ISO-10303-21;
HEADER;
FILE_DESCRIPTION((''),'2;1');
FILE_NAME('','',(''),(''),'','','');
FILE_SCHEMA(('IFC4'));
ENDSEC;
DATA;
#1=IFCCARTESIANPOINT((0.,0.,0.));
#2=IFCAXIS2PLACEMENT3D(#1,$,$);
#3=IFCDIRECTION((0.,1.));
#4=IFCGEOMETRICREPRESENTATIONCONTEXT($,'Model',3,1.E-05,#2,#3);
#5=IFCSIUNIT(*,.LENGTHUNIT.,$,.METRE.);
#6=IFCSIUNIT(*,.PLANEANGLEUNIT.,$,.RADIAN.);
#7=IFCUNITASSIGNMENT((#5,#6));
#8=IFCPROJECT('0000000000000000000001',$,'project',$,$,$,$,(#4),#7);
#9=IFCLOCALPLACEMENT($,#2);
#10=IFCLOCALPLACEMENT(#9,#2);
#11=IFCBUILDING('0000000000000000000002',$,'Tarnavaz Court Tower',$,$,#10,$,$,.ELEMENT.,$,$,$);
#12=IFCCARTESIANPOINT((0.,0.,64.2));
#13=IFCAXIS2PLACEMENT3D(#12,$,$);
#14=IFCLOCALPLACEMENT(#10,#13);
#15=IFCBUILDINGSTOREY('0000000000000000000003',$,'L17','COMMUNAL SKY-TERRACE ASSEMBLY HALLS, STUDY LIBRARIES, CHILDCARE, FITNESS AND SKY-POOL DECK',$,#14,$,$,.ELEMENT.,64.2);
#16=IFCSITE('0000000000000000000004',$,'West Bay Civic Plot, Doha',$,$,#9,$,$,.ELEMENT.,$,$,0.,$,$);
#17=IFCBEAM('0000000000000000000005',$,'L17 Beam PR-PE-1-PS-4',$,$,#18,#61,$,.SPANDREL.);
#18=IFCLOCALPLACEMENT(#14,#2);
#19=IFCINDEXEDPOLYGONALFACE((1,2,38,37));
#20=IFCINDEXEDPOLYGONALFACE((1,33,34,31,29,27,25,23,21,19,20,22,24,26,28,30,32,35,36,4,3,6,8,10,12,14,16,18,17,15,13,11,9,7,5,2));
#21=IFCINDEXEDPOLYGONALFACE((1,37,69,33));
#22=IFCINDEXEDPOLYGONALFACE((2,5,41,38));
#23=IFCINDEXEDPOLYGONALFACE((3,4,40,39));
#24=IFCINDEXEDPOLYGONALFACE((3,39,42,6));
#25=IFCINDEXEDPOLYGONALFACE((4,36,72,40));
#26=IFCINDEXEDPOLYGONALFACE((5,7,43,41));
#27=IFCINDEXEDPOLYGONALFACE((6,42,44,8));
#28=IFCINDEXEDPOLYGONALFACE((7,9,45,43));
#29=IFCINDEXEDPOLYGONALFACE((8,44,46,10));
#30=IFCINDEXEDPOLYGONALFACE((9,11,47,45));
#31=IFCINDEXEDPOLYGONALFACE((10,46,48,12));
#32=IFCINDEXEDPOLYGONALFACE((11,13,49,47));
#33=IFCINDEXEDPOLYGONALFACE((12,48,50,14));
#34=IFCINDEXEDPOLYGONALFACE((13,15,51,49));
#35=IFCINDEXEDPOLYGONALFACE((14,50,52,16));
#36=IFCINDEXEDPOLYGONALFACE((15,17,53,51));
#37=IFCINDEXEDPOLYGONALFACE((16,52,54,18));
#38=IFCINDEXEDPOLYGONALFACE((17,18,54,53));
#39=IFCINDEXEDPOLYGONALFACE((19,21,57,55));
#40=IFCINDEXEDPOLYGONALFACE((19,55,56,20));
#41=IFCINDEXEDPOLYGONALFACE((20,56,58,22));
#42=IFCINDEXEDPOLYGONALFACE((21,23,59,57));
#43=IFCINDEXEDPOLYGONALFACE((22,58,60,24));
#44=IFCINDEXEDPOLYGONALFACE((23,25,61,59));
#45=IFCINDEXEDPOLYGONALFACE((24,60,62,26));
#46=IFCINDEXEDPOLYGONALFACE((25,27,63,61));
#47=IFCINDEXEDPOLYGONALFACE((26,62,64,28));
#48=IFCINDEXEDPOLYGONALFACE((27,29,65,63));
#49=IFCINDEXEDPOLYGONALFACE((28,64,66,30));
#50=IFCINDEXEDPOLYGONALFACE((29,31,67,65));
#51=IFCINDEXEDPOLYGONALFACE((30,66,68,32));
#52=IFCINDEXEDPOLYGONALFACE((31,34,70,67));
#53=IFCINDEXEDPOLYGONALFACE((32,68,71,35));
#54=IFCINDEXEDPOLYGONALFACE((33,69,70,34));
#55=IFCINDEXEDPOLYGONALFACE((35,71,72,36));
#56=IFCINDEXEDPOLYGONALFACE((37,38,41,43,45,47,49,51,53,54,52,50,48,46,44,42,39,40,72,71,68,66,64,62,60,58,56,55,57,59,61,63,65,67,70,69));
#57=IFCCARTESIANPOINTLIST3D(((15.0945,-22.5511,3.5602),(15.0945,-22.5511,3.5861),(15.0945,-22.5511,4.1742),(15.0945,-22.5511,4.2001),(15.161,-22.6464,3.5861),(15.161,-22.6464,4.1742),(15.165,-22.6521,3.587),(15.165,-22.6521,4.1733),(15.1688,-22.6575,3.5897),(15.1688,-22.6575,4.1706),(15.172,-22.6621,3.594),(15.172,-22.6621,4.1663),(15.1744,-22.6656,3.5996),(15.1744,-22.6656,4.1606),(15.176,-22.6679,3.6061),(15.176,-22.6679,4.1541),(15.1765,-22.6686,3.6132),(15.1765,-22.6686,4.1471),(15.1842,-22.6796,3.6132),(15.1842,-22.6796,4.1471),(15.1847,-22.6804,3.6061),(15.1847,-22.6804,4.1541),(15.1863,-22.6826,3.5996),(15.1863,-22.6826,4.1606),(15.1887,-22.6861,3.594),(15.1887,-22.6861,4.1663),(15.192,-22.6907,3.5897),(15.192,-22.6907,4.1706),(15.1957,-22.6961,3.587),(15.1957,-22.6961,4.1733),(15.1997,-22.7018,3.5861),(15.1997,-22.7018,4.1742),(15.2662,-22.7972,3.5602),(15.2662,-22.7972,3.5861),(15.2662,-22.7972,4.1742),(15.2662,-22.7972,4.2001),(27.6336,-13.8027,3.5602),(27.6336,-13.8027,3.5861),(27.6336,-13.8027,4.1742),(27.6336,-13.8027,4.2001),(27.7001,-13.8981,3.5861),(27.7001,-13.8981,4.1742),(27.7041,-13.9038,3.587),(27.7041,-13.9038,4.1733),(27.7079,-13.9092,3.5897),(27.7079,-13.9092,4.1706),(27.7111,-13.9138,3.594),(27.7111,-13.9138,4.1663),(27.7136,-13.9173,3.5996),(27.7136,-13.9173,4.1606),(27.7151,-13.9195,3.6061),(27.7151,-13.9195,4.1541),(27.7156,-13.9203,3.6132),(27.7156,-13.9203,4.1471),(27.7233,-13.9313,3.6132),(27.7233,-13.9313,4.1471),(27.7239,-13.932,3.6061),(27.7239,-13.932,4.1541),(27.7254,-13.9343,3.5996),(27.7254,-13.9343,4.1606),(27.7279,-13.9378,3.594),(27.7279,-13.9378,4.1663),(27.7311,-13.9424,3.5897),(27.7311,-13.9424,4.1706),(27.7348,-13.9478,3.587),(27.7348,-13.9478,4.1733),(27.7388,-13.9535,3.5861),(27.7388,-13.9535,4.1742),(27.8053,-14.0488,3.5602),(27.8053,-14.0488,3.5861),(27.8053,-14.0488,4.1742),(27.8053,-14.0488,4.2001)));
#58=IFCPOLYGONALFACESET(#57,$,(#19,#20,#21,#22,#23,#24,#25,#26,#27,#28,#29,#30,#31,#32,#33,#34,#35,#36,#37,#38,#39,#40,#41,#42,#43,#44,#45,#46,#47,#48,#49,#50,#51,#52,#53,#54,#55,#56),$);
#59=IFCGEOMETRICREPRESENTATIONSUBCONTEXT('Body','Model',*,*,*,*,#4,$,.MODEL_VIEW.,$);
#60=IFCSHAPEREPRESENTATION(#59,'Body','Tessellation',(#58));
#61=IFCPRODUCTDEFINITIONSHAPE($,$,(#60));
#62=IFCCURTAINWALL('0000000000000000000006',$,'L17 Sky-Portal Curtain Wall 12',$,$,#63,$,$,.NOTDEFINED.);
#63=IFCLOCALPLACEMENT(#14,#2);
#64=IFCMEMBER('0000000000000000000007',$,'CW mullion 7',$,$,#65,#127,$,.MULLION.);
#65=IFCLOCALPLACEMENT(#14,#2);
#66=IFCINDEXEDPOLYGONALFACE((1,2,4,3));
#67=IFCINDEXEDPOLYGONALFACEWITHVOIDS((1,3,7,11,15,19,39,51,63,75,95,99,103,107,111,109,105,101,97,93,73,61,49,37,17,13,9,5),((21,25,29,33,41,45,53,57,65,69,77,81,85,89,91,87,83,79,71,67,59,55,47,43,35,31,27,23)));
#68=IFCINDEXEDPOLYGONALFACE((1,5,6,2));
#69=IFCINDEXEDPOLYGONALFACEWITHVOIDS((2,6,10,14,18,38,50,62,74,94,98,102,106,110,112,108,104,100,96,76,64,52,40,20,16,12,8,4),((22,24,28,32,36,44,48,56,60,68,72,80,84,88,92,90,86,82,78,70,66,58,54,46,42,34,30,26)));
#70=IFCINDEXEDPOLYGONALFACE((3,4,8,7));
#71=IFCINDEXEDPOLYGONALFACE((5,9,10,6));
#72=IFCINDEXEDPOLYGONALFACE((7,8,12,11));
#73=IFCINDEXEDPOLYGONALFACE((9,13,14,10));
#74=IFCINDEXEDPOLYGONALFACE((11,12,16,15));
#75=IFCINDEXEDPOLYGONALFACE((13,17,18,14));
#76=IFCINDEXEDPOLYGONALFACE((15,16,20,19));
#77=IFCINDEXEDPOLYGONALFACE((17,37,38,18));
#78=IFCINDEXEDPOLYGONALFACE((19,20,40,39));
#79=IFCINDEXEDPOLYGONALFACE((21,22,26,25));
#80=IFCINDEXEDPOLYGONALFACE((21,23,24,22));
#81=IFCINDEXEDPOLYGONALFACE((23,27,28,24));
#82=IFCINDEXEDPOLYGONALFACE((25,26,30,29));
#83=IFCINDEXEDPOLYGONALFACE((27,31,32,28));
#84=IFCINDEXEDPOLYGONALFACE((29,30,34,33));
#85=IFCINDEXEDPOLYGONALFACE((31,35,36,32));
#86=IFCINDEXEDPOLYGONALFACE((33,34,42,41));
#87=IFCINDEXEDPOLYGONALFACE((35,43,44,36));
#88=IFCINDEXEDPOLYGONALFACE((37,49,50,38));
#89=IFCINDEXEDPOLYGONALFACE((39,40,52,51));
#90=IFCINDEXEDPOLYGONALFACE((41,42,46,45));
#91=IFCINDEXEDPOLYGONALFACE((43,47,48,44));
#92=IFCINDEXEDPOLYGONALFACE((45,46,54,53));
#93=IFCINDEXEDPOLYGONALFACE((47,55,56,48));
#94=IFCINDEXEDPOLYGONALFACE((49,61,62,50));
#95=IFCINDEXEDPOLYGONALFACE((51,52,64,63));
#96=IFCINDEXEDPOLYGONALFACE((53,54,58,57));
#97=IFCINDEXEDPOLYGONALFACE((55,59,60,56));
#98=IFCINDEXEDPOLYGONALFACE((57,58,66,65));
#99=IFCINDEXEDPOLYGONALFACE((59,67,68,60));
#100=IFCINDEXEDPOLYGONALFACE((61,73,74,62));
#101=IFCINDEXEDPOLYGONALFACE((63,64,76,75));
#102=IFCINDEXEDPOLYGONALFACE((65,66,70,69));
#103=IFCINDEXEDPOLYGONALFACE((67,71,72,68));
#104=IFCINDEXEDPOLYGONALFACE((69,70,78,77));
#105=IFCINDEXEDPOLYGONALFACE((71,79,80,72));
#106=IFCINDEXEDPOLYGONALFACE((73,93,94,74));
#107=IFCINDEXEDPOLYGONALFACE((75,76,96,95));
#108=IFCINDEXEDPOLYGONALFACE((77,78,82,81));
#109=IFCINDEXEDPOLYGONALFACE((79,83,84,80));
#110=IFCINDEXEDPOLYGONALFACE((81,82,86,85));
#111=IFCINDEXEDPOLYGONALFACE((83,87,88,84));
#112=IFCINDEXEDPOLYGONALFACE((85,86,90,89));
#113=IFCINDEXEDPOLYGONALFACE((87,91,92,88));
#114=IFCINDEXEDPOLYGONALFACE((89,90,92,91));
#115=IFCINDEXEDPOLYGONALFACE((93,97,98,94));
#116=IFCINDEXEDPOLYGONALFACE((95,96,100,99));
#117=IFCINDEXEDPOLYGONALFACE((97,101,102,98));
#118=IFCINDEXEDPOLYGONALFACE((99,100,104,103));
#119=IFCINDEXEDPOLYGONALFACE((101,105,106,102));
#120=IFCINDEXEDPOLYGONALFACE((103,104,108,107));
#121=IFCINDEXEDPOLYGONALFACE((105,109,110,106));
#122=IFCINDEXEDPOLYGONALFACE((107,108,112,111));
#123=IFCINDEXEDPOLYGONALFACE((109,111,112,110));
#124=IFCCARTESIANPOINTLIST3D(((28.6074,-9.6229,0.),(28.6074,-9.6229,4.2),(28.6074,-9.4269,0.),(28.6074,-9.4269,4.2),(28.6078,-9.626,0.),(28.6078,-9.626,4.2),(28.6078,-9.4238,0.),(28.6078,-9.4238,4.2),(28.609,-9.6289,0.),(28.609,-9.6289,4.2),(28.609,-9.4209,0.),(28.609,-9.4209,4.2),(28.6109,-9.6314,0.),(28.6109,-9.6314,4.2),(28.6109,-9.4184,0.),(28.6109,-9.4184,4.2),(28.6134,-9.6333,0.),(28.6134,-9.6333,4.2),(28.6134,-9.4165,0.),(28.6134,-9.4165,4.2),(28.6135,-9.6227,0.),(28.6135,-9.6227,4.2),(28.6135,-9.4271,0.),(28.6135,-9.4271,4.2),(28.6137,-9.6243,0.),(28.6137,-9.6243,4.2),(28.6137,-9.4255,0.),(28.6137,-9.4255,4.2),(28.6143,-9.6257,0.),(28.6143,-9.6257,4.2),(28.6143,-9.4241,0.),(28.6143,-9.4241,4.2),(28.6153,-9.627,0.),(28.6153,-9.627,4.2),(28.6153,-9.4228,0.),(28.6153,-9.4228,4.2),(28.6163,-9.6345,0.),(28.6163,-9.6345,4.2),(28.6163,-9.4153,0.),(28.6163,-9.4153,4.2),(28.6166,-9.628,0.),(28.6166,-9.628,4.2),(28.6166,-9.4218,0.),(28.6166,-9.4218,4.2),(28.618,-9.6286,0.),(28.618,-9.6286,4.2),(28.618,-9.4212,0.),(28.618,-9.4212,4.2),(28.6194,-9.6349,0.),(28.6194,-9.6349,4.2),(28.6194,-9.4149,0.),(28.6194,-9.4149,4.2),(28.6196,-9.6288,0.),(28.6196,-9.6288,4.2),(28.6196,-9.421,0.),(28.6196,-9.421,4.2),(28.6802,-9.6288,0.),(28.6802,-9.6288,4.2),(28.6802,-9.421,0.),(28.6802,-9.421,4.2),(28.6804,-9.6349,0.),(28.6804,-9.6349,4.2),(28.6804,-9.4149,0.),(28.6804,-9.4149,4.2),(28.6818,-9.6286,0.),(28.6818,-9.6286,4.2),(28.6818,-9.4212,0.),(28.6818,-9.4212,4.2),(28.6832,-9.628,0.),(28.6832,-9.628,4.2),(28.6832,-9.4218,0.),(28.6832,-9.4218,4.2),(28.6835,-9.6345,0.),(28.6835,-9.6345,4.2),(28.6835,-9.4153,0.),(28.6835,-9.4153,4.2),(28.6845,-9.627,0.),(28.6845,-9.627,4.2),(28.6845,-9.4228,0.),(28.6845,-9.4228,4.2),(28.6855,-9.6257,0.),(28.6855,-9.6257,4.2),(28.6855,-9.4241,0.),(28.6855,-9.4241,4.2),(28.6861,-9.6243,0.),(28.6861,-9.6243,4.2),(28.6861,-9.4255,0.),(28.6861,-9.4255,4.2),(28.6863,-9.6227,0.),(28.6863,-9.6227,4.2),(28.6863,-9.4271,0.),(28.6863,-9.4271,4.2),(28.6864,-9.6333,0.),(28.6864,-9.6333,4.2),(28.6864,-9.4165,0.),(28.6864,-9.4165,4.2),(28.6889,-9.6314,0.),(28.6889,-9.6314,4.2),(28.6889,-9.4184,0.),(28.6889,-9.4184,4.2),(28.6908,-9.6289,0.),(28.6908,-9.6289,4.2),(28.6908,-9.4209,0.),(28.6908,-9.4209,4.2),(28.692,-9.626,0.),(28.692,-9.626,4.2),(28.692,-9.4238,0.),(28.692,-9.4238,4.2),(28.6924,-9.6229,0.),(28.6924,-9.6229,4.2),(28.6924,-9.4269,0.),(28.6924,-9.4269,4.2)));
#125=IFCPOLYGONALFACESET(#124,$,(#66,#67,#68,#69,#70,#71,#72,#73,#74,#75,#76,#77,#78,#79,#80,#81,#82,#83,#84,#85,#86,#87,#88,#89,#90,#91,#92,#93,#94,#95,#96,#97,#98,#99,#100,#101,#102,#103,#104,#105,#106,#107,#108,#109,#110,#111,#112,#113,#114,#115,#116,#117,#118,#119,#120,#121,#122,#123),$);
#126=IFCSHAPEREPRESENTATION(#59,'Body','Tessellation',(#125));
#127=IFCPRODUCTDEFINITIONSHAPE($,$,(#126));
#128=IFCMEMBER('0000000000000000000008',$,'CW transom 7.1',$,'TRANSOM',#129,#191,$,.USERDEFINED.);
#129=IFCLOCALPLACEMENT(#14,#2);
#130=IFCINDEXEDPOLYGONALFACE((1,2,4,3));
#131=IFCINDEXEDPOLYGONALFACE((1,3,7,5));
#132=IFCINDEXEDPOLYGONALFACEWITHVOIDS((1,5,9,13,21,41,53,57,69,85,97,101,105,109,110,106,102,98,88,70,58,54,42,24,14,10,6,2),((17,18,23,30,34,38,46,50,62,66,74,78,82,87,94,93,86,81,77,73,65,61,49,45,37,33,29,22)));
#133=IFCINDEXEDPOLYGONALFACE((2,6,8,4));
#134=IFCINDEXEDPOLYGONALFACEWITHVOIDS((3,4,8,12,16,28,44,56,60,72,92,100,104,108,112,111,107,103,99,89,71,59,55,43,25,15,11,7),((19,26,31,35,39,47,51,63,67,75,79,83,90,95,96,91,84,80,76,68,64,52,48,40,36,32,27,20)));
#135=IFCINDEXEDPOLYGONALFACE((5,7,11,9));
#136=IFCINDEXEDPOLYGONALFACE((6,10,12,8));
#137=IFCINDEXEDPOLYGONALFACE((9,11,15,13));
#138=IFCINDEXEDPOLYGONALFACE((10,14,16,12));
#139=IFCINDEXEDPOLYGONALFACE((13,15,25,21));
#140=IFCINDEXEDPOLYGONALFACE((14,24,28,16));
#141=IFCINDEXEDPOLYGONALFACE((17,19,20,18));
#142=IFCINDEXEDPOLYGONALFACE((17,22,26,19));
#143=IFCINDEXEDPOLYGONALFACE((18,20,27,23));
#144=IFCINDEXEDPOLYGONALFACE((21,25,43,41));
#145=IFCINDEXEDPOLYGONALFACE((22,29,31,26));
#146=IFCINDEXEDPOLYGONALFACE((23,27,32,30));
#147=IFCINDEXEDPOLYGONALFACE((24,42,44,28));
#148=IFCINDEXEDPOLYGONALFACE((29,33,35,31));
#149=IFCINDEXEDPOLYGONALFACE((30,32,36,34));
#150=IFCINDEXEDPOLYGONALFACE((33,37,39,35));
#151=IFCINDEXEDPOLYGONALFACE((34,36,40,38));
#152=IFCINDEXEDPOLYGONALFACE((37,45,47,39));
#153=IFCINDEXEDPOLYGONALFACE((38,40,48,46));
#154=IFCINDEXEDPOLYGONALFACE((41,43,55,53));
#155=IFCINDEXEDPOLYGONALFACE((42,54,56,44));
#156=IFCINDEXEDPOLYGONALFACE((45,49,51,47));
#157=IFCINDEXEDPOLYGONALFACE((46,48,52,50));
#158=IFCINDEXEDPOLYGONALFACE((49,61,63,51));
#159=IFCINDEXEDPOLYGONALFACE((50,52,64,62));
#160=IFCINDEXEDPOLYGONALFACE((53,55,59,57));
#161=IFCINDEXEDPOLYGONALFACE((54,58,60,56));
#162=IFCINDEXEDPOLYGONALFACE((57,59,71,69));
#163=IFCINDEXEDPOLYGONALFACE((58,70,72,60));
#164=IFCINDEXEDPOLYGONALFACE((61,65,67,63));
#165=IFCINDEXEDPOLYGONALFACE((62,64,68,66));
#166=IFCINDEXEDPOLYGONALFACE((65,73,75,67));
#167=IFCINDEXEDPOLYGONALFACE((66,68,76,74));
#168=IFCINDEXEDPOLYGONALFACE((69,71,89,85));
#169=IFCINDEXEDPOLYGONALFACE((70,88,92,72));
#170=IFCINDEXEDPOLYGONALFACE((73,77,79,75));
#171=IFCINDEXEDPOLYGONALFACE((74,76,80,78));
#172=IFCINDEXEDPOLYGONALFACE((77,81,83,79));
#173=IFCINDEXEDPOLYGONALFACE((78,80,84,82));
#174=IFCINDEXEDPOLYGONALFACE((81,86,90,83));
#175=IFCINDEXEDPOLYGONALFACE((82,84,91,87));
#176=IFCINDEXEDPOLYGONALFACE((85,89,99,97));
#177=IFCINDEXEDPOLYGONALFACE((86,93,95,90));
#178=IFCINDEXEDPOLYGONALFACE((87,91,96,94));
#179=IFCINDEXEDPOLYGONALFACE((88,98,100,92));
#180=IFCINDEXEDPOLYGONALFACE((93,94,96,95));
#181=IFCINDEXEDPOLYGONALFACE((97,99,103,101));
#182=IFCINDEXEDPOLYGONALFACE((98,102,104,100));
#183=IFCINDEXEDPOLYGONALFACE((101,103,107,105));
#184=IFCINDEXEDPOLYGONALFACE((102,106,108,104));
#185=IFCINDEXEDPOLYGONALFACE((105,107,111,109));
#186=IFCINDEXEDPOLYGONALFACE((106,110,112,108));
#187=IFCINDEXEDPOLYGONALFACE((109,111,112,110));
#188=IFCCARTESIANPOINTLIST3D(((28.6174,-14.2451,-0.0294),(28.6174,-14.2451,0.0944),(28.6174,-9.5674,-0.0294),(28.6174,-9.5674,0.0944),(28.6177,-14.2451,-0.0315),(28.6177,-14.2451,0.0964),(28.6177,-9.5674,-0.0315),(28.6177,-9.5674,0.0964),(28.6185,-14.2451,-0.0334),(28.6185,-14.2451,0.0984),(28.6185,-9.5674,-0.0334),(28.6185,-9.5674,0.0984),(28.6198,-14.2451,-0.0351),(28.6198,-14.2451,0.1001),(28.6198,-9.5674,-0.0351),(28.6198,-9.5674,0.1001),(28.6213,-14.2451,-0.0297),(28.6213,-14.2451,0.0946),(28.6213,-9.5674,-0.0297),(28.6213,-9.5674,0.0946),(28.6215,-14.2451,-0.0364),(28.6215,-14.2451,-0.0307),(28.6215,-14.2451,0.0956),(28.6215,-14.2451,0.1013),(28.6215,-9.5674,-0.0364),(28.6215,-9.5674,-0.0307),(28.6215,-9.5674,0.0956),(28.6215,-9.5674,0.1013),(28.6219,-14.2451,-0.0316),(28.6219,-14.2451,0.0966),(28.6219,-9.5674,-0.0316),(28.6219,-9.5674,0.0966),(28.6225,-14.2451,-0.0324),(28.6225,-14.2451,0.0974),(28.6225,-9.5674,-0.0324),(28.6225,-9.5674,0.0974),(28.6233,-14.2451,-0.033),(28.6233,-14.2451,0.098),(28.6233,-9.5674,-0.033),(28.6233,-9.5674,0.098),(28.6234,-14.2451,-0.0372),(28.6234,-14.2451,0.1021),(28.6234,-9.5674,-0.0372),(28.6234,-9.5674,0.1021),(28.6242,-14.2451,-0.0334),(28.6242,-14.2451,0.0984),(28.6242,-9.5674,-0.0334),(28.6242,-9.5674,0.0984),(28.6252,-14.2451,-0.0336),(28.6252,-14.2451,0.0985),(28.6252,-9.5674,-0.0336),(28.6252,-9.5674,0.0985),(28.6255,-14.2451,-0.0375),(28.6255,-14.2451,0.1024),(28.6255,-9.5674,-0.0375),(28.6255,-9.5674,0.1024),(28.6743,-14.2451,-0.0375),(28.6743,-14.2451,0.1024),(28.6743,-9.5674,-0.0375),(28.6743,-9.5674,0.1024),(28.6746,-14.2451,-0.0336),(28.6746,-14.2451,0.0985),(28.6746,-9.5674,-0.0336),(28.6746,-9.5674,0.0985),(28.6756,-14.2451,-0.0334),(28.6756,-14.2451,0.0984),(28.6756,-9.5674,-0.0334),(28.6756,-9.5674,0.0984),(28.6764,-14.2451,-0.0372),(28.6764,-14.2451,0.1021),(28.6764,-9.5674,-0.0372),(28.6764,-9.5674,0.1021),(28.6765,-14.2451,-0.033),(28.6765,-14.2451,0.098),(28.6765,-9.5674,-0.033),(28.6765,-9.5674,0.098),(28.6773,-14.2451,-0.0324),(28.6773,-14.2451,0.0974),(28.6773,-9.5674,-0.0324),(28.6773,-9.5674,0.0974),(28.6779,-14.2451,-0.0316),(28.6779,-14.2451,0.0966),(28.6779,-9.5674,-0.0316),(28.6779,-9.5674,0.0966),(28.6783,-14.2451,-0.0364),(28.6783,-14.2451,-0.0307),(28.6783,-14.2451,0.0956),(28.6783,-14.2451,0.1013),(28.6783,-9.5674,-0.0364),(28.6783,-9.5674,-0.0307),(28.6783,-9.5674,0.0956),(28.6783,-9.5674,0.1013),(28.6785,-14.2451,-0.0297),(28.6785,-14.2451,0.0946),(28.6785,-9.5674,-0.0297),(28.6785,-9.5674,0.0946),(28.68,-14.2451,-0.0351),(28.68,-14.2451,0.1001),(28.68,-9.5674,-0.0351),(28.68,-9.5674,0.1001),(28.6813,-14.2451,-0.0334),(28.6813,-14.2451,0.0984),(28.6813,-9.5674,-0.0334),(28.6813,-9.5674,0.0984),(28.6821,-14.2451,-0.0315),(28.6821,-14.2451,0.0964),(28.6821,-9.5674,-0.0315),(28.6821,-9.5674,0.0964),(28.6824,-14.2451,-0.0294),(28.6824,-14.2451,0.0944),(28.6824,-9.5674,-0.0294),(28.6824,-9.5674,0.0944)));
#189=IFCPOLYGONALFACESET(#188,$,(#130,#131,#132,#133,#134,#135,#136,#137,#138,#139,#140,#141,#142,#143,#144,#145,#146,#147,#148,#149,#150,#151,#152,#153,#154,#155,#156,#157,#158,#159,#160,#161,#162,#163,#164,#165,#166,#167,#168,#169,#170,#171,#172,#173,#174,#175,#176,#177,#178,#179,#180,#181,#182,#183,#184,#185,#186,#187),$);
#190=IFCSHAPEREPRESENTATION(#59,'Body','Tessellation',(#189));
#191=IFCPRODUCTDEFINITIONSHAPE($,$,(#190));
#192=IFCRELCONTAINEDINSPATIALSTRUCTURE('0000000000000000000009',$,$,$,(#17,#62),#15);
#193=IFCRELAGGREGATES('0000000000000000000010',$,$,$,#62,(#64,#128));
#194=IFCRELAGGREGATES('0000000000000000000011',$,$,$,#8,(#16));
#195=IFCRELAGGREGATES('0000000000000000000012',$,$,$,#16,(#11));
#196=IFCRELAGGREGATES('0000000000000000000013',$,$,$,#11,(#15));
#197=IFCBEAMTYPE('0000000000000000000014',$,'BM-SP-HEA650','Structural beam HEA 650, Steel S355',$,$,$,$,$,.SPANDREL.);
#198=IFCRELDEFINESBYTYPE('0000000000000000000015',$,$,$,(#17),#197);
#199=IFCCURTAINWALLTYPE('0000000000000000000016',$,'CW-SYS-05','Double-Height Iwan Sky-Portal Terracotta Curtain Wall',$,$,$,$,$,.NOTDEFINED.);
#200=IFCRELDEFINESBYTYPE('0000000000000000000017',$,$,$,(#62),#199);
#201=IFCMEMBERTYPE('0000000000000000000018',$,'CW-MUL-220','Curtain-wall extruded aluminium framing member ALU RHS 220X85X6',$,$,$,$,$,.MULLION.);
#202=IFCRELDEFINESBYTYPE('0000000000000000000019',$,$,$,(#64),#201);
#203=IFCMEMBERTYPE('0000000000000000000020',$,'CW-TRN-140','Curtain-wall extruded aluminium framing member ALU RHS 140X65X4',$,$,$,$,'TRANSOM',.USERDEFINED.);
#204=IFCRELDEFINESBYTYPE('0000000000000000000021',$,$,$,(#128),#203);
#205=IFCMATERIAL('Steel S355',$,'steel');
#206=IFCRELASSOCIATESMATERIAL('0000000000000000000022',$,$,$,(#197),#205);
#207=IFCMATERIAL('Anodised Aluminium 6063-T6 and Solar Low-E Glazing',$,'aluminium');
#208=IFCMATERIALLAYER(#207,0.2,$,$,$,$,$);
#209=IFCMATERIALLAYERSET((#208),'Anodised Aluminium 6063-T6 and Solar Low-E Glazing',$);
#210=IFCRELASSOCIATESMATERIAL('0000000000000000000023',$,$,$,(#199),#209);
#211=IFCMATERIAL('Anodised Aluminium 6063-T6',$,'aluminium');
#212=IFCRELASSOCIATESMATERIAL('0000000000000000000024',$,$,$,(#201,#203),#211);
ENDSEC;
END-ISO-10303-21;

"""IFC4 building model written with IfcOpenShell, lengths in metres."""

from ifc_helpers import new_model, si_unit, direction, frame, origin, origin_2d, place, context, subcontext, project, spatial, hollow_rectangle, i_section, extrude, material, layer, layer_set, material_profile, profile_set, type_object, element, aggregate, save


model = new_model("IFC4")

# Units and contexts
model_context = context("Model", 3, precision=1e-05, world=origin(), true_north=direction((0.0, 1.0)))
body_context = subcontext(model_context, "Body", "Model", "MODEL_VIEW")
ifc_project = project(units=[si_unit("LENGTHUNIT", "METRE"), si_unit("PLANEANGLEUNIT", "RADIAN")], contexts=[model_context])

# Site, building, storey
site_placement = place(None, origin())
site = spatial("IfcSite", under=ifc_project, at=site_placement, Name="West Bay Civic Plot, Doha", CompositionType="ELEMENT", RefElevation=0.0)
building_placement = place(site_placement, origin())
building = spatial("IfcBuilding", under=site, at=building_placement, Name="Tarnavaz Court Tower", CompositionType="ELEMENT")
storey_placement = place(building_placement, frame((0.0, 0.0, 64.2)))
storey = spatial("IfcBuildingStorey", under=building, at=storey_placement, Name="L17", Description="COMMUNAL SKY-TERRACE ASSEMBLY HALLS, STUDY LIBRARIES, CHILDCARE, FITNESS AND SKY-POOL DECK", CompositionType="ELEMENT", Elevation=64.2)

# Beam
ifc_material_1 = material(Name="Steel S355", Category="steel")
ifc_material_profile_1 = material_profile(ifc_material_1, i_section(OverallWidth=0.3, OverallDepth=0.6399, WebThickness=0.0134, FlangeThickness=0.0259, FilletRadius=0.0271, at=origin_2d()), Name="HEA 650")
ifc_profile_set_1 = profile_set([ifc_material_profile_1], Name="Steel S355")
beam_type_1 = type_object("IfcBeamType", Name="BM-SP-HEA650", Description="Structural beam HEA 650, Steel S355", PredefinedType="SPANDREL", material=ifc_profile_set_1)
beam_1_placement = place(storey_placement, frame((27.7195, -13.9258, 3.8801), z_axis=(-0.820124, -0.572186, 0.0), x_axis=(0.572186, -0.820124, 0.0)))
element("IfcBeam", 1, at=beam_1_placement, inside=storey, type_object=beam_type_1, Name="L17 Beam PR-PE-1-PS-4", PredefinedType="SPANDREL", context=body_context, shape_type="SweptSolid", body=[
    extrude(i_section(OverallWidth=0.3, OverallDepth=0.6399, WebThickness=0.0134, FlangeThickness=0.0259, FilletRadius=0.0271, at=origin_2d()), origin(), (0.0, 0.0, 1.0), 15.2893),
])

# Curtain wall, members
ifc_material_2 = material(Name="Anodised Aluminium 6063-T6 and Solar Low-E Glazing", Category="aluminium")
ifc_layer_1 = layer(ifc_material_2, 0.2)
ifc_layer_set_1 = layer_set([ifc_layer_1], Name="Anodised Aluminium 6063-T6 and Solar Low-E Glazing")
curtain_wall_type = type_object("IfcCurtainWallType", Name="CW-SYS-05", Description="Double-Height Iwan Sky-Portal Terracotta Curtain Wall", PredefinedType="NOTDEFINED", material=ifc_layer_set_1)
curtain_wall_placement = place(storey_placement, origin())
curtain_wall = element("IfcCurtainWall", 2, at=curtain_wall_placement, inside=storey, type_object=curtain_wall_type, Name="L17 Sky-Portal Curtain Wall 12", PredefinedType="NOTDEFINED")
ifc_material_3 = material(Name="Anodised Aluminium 6063-T6", Category="aluminium")
ifc_material_profile_2 = material_profile(ifc_material_3, hollow_rectangle(XDim=0.085, YDim=0.22, WallThickness=0.0061, InnerFilletRadius=0.0061, OuterFilletRadius=0.012, at=origin_2d()), Name="ALU RHS 220X85X6")
ifc_profile_set_2 = profile_set([ifc_material_profile_2], Name="Anodised Aluminium 6063-T6")
member_type_1 = type_object("IfcMemberType", Name="CW-MUL-220", Description="Curtain-wall extruded aluminium framing member ALU RHS 220X85X6", PredefinedType="MULLION", material=ifc_profile_set_2)
member_1_placement = place(storey_placement, frame((28.6499, -9.5249, 0.0), z_axis=(0.0, 0.0, 1.0), x_axis=(1.0, 0.0, 0.0)))
member_1 = element("IfcMember", 3, at=member_1_placement, type_object=member_type_1, Name="CW mullion 7", PredefinedType="MULLION", context=body_context, shape_type="SweptSolid", body=[
    extrude(hollow_rectangle(XDim=0.085, YDim=0.22, WallThickness=0.0061, InnerFilletRadius=0.0061, OuterFilletRadius=0.012, at=origin_2d()), origin(), (0.0, 0.0, 1.0), 4.2),
])
ifc_material_profile_3 = material_profile(ifc_material_3, hollow_rectangle(XDim=0.0649, YDim=0.1399, WallThickness=0.0039, InnerFilletRadius=0.0039, OuterFilletRadius=0.0081, at=origin_2d()), Name="ALU RHS 140X65X4")
ifc_profile_set_3 = profile_set([ifc_material_profile_3], Name="Anodised Aluminium 6063-T6")
member_type_2 = type_object("IfcMemberType", Name="CW-TRN-140", Description="Curtain-wall extruded aluminium framing member ALU RHS 140X65X4", ElementType="TRANSOM", PredefinedType="USERDEFINED", material=ifc_profile_set_3)
member_2_placement = place(storey_placement, frame((28.6499, -9.5674, 0.0325), z_axis=(0.0, -1.0, 0.0), x_axis=(1.0, 0.0, 0.0)))
member_2 = element("IfcMember", 4, at=member_2_placement, type_object=member_type_2, Name="CW transom 7.1", ObjectType="TRANSOM", PredefinedType="USERDEFINED", context=body_context, shape_type="SweptSolid", body=[
    extrude(hollow_rectangle(XDim=0.0649, YDim=0.1399, WallThickness=0.0039, InnerFilletRadius=0.0039, OuterFilletRadius=0.0081, at=origin_2d()), origin(), (0.0, 0.0, 1.0), 4.6777),
])
aggregate(curtain_wall, [member_1, member_2])

save(model, "model.ifc")
